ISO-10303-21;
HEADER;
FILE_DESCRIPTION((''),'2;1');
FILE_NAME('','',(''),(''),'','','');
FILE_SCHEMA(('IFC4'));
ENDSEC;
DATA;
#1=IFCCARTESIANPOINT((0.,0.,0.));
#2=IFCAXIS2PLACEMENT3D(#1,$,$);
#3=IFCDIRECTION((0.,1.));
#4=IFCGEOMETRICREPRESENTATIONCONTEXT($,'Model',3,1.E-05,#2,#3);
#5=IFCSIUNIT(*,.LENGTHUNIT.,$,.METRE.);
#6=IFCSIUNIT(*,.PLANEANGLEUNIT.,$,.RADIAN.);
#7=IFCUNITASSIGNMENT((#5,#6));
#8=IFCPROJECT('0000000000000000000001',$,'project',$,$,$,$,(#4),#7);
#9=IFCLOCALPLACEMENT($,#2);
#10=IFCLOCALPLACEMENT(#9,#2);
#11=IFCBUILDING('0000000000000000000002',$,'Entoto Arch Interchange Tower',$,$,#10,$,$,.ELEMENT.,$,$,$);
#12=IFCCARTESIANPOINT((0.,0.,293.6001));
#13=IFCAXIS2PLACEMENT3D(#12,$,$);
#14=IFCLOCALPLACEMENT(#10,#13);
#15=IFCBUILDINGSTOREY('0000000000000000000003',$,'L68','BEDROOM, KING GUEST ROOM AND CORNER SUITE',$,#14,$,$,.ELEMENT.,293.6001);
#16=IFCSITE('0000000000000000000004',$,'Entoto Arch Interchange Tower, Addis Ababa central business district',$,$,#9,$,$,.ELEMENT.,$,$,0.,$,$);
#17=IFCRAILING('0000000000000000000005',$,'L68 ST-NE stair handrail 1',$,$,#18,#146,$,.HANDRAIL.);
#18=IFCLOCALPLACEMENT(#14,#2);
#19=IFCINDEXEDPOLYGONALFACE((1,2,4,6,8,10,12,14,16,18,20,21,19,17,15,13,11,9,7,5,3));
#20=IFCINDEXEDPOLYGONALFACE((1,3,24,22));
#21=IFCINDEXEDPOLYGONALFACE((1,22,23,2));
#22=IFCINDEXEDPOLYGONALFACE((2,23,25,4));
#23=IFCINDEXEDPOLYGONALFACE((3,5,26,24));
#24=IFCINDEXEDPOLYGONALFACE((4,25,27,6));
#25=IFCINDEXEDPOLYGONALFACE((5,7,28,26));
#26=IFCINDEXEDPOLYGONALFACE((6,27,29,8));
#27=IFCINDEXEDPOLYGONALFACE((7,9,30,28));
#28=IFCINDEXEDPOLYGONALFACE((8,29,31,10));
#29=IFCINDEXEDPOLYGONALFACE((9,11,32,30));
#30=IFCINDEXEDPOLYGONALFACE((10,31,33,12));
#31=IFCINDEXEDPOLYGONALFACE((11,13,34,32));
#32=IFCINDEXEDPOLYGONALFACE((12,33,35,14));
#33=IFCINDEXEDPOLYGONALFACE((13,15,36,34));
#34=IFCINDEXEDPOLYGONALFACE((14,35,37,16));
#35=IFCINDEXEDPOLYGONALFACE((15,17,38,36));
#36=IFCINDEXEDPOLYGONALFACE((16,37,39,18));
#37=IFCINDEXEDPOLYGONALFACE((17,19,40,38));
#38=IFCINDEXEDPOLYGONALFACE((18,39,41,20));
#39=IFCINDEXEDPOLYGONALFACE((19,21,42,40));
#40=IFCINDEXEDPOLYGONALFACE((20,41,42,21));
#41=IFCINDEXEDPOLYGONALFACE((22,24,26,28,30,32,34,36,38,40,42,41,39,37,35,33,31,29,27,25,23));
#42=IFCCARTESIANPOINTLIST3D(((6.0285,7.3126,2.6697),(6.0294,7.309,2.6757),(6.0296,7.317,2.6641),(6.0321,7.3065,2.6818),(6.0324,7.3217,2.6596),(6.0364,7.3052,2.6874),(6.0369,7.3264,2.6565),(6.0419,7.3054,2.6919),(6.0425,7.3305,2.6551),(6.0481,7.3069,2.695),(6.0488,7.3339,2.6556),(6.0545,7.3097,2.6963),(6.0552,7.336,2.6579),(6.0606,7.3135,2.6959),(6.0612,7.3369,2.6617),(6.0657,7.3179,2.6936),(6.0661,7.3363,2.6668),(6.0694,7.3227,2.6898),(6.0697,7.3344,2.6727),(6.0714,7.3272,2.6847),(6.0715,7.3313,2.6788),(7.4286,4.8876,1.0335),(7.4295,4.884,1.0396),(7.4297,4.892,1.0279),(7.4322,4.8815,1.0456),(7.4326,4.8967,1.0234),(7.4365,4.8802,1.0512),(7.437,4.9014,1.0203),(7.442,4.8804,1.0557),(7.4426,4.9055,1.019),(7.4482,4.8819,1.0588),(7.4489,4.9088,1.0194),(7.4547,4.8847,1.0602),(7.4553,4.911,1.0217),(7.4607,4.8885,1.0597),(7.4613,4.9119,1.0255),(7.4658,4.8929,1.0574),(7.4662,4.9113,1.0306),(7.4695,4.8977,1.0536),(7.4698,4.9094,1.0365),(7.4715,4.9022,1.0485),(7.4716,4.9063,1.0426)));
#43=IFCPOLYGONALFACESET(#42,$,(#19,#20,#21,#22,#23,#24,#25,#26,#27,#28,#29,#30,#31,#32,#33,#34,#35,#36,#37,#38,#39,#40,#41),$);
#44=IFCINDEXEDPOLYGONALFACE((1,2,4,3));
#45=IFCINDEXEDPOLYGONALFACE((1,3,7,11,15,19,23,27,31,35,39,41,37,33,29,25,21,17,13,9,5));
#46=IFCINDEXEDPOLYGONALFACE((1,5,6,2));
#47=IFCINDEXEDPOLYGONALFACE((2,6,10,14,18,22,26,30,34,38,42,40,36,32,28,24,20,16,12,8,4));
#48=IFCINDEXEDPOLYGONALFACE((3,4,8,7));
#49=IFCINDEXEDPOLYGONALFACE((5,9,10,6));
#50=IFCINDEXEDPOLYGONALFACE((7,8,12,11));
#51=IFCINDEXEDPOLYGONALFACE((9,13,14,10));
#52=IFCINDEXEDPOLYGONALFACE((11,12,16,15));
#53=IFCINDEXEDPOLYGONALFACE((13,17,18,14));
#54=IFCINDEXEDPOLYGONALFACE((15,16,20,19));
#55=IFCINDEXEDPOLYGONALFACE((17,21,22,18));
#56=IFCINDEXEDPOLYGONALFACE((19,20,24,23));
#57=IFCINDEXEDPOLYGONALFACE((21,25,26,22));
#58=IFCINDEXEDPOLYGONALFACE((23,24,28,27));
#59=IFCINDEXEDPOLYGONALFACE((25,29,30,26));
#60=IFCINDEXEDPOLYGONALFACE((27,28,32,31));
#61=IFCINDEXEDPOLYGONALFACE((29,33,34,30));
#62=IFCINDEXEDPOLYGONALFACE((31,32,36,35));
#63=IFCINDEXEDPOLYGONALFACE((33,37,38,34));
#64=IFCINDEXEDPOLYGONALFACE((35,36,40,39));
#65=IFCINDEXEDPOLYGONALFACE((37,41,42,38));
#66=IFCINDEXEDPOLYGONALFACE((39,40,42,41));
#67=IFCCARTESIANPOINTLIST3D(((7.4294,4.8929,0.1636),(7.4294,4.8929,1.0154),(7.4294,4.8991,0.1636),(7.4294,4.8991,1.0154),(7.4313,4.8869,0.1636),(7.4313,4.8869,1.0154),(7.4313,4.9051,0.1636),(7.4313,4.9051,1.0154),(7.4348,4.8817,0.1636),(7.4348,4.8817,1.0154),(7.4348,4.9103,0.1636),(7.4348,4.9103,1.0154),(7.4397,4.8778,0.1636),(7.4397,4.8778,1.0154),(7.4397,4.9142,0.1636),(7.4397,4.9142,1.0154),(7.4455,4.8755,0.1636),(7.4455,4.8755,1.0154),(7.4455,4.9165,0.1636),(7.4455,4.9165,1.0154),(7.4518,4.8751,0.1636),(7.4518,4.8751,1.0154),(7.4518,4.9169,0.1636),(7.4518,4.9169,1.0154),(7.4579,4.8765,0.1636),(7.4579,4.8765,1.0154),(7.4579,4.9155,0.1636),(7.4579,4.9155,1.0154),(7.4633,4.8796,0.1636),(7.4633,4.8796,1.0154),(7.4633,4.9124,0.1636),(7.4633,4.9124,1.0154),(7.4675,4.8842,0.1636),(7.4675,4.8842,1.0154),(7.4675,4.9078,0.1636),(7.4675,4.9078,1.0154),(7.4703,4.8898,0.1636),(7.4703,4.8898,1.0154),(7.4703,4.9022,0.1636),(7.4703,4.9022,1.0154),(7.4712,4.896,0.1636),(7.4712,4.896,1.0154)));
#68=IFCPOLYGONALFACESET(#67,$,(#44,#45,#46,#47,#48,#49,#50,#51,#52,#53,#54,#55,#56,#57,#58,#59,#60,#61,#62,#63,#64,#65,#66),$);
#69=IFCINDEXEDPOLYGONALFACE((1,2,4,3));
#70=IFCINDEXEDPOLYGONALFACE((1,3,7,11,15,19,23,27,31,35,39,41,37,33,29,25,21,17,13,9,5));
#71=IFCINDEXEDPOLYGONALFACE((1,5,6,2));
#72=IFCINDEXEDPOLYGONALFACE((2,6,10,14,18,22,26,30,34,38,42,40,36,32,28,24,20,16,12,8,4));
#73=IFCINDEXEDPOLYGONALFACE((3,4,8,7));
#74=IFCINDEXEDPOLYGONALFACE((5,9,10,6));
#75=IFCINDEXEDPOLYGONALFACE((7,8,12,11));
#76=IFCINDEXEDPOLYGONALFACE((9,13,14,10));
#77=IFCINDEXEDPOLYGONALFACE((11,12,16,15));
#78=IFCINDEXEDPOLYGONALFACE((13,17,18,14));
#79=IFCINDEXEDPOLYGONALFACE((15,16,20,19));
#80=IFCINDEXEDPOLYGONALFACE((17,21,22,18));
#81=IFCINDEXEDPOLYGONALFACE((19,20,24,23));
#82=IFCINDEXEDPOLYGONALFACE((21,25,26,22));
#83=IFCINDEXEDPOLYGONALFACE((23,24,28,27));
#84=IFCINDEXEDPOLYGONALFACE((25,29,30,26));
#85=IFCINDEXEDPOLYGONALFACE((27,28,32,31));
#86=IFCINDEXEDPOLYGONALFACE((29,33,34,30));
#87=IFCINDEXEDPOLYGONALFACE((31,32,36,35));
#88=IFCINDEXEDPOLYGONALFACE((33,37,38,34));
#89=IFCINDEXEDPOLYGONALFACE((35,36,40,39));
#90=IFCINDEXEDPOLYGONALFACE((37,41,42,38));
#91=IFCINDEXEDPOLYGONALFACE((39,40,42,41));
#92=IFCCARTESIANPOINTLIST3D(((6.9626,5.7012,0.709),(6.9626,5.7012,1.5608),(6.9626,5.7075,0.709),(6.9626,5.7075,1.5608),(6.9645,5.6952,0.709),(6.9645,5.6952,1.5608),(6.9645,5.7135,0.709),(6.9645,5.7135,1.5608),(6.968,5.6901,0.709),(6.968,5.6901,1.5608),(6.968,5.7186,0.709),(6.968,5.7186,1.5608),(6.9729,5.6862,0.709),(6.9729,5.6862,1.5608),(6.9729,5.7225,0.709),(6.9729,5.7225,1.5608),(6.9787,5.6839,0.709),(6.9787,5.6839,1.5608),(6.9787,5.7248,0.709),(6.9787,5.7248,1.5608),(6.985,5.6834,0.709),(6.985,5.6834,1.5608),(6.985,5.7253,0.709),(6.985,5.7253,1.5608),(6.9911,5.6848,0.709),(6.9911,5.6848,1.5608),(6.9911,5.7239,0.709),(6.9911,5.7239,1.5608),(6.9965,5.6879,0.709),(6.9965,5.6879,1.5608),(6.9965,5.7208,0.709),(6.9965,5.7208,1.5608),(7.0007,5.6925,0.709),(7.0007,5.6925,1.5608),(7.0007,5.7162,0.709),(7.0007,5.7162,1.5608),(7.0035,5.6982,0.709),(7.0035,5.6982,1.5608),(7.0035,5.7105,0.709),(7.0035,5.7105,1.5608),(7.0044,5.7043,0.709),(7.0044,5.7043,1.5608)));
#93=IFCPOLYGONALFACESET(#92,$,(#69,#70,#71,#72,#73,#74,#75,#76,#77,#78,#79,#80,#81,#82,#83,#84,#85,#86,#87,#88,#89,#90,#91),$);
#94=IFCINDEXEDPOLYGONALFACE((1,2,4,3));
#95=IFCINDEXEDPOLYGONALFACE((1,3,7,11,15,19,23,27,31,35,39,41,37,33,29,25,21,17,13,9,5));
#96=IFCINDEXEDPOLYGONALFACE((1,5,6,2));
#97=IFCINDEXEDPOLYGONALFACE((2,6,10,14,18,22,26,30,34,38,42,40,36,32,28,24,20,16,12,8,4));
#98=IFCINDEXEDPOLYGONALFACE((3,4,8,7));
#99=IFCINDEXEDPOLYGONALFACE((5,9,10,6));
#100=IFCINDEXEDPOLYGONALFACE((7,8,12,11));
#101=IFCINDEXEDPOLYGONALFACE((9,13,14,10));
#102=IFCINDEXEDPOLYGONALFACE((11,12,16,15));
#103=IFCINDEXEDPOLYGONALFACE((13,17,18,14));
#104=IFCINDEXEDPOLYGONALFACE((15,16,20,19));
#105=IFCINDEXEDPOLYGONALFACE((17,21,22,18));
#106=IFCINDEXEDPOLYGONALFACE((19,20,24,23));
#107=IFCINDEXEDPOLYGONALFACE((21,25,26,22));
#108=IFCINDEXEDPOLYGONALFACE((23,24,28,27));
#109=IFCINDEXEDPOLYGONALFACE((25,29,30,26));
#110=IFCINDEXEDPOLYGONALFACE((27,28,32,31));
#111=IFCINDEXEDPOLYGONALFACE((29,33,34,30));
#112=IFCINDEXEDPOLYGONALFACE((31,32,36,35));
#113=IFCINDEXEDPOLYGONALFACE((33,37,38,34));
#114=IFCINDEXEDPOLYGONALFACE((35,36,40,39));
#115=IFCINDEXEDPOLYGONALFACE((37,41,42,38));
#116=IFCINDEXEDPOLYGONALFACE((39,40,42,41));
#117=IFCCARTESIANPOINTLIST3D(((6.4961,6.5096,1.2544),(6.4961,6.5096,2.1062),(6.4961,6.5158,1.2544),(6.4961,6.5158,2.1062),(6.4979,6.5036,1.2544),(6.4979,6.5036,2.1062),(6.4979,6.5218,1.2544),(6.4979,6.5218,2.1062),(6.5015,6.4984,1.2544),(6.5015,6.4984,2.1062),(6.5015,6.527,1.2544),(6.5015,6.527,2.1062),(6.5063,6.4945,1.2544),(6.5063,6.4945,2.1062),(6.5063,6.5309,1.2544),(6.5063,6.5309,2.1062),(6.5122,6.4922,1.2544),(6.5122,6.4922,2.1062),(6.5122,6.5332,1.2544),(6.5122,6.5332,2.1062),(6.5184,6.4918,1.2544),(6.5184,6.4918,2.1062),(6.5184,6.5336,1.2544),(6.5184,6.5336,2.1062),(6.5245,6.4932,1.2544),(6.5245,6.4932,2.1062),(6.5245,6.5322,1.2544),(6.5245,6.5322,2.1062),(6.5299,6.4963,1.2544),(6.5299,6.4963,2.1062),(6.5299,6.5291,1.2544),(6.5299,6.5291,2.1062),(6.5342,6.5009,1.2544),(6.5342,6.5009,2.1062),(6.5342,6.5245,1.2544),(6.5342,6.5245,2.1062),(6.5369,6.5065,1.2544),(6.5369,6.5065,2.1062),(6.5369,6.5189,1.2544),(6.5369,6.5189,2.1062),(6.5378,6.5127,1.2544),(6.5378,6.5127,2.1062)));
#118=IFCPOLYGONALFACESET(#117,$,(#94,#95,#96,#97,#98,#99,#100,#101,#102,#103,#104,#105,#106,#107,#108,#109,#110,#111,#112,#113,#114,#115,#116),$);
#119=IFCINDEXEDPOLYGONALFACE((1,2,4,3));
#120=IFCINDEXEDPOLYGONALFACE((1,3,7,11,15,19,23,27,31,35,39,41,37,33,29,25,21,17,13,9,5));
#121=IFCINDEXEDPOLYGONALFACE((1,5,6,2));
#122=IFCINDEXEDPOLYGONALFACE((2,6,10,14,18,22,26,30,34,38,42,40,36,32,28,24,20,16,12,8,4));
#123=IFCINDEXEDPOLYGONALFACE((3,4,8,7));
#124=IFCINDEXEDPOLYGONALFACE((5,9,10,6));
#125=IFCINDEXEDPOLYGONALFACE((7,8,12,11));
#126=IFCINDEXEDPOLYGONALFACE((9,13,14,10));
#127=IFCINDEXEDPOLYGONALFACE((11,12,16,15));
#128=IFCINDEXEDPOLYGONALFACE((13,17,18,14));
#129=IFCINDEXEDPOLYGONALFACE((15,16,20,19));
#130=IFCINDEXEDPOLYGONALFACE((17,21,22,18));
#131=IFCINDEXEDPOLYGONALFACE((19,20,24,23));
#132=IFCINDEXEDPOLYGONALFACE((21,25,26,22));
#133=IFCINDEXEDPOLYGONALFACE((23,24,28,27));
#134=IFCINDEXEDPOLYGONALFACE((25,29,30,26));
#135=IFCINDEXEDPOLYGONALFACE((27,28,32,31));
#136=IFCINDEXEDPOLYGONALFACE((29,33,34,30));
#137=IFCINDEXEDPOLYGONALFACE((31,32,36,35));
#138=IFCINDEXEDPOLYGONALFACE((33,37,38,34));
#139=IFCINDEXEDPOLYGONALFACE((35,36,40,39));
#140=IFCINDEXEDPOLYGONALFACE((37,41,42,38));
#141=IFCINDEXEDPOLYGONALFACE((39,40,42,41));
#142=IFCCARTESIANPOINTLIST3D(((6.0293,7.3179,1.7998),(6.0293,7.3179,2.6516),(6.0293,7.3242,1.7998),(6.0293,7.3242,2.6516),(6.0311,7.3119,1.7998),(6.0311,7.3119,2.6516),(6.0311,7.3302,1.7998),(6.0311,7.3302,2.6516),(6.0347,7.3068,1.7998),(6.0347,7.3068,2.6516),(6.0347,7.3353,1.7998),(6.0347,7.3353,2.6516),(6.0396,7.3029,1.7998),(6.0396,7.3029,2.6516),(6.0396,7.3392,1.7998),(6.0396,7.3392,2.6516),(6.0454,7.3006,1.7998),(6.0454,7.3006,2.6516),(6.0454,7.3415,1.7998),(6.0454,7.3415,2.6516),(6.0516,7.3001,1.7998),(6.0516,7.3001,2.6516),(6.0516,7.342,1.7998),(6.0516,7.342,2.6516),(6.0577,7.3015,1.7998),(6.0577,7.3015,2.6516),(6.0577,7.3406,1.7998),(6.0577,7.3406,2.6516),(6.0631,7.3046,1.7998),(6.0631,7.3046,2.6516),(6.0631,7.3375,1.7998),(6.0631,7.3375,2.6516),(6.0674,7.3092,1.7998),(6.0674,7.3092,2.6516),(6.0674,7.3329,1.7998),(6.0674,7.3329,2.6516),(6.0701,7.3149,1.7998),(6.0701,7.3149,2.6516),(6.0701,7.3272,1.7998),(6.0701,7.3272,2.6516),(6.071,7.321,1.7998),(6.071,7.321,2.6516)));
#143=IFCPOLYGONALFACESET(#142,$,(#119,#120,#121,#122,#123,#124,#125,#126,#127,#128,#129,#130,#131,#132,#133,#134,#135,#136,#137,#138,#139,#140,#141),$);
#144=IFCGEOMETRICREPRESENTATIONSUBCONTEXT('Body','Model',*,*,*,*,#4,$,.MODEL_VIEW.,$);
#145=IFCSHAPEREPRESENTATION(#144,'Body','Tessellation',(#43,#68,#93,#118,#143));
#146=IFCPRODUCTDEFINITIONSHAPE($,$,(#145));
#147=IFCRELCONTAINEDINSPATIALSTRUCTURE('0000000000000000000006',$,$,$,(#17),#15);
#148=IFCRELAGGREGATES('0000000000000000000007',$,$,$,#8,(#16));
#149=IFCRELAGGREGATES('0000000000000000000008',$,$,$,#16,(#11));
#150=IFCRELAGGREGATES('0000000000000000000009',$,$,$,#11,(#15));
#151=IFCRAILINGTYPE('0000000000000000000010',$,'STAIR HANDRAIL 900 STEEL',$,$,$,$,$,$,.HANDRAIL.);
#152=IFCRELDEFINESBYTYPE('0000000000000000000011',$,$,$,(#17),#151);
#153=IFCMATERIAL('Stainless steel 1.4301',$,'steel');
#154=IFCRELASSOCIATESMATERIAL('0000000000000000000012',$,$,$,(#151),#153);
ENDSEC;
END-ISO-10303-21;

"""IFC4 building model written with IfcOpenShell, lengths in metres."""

from ifc_helpers import new_model, si_unit, direction, frame, origin, origin_2d, place, context, subcontext, project, spatial, circle, extrude, material, type_object, element, save


model = new_model("IFC4")

# Units and contexts
model_context = context("Model", 3, precision=1e-05, world=origin(), true_north=direction((0.0, 1.0)))
body_context = subcontext(model_context, "Body", "Model", "MODEL_VIEW")
ifc_project = project(units=[si_unit("LENGTHUNIT", "METRE"), si_unit("PLANEANGLEUNIT", "RADIAN")], contexts=[model_context])

# Site, building, storey
site_placement = place(None, origin())
site = spatial("IfcSite", under=ifc_project, at=site_placement, Name="Entoto Arch Interchange Tower, Addis Ababa central business district", CompositionType="ELEMENT", RefElevation=0.0)
building_placement = place(site_placement, origin())
building = spatial("IfcBuilding", under=site, at=building_placement, Name="Entoto Arch Interchange Tower", CompositionType="ELEMENT")
storey_placement = place(building_placement, frame((0.0, 0.0, 293.6001)))
storey = spatial("IfcBuildingStorey", under=building, at=storey_placement, Name="L68", Description="BEDROOM, KING GUEST ROOM AND CORNER SUITE", CompositionType="ELEMENT", Elevation=293.6001)

# Railing
ifc_material_1 = material(Name="Stainless steel 1.4301", Category="steel")
railing_type_1 = type_object("IfcRailingType", Name="STAIR HANDRAIL 900 STEEL", PredefinedType="HANDRAIL", material=ifc_material_1)
railing_1_placement = place(storey_placement, frame((7.4502, 4.896, 0.1636)))
element("IfcRailing", 1, at=railing_1_placement, inside=storey, type_object=railing_type_1, Name="L68 ST-NE stair handrail 1", PredefinedType="HANDRAIL", context=body_context, shape_type="SweptSolid", body=[
    extrude(circle(Radius=0.0239, at=origin_2d()), frame((0.0, 0.0, 0.876), z_axis=(-0.431714, 0.747727, 0.504507), x_axis=(-0.866019, -0.500012, 0.0)), (0.0, 0.0, 1.0), 3.2432),
    extrude(circle(Radius=0.021, at=origin_2d()), origin(), (0.0, 0.0, 1.0), 0.8518),
    extrude(circle(Radius=0.021, at=origin_2d()), frame((-0.4668, 0.8083, 0.5454)), (0.0, 0.0, 1.0), 0.8518),
    extrude(circle(Radius=0.021, at=origin_2d()), frame((-0.9333, 1.6167, 1.0908)), (0.0, 0.0, 1.0), 0.8518),
    extrude(circle(Radius=0.021, at=origin_2d()), frame((-1.4001, 2.425, 1.6362)), (0.0, 0.0, 1.0), 0.8518),
])

save(model, "model.ifc")
